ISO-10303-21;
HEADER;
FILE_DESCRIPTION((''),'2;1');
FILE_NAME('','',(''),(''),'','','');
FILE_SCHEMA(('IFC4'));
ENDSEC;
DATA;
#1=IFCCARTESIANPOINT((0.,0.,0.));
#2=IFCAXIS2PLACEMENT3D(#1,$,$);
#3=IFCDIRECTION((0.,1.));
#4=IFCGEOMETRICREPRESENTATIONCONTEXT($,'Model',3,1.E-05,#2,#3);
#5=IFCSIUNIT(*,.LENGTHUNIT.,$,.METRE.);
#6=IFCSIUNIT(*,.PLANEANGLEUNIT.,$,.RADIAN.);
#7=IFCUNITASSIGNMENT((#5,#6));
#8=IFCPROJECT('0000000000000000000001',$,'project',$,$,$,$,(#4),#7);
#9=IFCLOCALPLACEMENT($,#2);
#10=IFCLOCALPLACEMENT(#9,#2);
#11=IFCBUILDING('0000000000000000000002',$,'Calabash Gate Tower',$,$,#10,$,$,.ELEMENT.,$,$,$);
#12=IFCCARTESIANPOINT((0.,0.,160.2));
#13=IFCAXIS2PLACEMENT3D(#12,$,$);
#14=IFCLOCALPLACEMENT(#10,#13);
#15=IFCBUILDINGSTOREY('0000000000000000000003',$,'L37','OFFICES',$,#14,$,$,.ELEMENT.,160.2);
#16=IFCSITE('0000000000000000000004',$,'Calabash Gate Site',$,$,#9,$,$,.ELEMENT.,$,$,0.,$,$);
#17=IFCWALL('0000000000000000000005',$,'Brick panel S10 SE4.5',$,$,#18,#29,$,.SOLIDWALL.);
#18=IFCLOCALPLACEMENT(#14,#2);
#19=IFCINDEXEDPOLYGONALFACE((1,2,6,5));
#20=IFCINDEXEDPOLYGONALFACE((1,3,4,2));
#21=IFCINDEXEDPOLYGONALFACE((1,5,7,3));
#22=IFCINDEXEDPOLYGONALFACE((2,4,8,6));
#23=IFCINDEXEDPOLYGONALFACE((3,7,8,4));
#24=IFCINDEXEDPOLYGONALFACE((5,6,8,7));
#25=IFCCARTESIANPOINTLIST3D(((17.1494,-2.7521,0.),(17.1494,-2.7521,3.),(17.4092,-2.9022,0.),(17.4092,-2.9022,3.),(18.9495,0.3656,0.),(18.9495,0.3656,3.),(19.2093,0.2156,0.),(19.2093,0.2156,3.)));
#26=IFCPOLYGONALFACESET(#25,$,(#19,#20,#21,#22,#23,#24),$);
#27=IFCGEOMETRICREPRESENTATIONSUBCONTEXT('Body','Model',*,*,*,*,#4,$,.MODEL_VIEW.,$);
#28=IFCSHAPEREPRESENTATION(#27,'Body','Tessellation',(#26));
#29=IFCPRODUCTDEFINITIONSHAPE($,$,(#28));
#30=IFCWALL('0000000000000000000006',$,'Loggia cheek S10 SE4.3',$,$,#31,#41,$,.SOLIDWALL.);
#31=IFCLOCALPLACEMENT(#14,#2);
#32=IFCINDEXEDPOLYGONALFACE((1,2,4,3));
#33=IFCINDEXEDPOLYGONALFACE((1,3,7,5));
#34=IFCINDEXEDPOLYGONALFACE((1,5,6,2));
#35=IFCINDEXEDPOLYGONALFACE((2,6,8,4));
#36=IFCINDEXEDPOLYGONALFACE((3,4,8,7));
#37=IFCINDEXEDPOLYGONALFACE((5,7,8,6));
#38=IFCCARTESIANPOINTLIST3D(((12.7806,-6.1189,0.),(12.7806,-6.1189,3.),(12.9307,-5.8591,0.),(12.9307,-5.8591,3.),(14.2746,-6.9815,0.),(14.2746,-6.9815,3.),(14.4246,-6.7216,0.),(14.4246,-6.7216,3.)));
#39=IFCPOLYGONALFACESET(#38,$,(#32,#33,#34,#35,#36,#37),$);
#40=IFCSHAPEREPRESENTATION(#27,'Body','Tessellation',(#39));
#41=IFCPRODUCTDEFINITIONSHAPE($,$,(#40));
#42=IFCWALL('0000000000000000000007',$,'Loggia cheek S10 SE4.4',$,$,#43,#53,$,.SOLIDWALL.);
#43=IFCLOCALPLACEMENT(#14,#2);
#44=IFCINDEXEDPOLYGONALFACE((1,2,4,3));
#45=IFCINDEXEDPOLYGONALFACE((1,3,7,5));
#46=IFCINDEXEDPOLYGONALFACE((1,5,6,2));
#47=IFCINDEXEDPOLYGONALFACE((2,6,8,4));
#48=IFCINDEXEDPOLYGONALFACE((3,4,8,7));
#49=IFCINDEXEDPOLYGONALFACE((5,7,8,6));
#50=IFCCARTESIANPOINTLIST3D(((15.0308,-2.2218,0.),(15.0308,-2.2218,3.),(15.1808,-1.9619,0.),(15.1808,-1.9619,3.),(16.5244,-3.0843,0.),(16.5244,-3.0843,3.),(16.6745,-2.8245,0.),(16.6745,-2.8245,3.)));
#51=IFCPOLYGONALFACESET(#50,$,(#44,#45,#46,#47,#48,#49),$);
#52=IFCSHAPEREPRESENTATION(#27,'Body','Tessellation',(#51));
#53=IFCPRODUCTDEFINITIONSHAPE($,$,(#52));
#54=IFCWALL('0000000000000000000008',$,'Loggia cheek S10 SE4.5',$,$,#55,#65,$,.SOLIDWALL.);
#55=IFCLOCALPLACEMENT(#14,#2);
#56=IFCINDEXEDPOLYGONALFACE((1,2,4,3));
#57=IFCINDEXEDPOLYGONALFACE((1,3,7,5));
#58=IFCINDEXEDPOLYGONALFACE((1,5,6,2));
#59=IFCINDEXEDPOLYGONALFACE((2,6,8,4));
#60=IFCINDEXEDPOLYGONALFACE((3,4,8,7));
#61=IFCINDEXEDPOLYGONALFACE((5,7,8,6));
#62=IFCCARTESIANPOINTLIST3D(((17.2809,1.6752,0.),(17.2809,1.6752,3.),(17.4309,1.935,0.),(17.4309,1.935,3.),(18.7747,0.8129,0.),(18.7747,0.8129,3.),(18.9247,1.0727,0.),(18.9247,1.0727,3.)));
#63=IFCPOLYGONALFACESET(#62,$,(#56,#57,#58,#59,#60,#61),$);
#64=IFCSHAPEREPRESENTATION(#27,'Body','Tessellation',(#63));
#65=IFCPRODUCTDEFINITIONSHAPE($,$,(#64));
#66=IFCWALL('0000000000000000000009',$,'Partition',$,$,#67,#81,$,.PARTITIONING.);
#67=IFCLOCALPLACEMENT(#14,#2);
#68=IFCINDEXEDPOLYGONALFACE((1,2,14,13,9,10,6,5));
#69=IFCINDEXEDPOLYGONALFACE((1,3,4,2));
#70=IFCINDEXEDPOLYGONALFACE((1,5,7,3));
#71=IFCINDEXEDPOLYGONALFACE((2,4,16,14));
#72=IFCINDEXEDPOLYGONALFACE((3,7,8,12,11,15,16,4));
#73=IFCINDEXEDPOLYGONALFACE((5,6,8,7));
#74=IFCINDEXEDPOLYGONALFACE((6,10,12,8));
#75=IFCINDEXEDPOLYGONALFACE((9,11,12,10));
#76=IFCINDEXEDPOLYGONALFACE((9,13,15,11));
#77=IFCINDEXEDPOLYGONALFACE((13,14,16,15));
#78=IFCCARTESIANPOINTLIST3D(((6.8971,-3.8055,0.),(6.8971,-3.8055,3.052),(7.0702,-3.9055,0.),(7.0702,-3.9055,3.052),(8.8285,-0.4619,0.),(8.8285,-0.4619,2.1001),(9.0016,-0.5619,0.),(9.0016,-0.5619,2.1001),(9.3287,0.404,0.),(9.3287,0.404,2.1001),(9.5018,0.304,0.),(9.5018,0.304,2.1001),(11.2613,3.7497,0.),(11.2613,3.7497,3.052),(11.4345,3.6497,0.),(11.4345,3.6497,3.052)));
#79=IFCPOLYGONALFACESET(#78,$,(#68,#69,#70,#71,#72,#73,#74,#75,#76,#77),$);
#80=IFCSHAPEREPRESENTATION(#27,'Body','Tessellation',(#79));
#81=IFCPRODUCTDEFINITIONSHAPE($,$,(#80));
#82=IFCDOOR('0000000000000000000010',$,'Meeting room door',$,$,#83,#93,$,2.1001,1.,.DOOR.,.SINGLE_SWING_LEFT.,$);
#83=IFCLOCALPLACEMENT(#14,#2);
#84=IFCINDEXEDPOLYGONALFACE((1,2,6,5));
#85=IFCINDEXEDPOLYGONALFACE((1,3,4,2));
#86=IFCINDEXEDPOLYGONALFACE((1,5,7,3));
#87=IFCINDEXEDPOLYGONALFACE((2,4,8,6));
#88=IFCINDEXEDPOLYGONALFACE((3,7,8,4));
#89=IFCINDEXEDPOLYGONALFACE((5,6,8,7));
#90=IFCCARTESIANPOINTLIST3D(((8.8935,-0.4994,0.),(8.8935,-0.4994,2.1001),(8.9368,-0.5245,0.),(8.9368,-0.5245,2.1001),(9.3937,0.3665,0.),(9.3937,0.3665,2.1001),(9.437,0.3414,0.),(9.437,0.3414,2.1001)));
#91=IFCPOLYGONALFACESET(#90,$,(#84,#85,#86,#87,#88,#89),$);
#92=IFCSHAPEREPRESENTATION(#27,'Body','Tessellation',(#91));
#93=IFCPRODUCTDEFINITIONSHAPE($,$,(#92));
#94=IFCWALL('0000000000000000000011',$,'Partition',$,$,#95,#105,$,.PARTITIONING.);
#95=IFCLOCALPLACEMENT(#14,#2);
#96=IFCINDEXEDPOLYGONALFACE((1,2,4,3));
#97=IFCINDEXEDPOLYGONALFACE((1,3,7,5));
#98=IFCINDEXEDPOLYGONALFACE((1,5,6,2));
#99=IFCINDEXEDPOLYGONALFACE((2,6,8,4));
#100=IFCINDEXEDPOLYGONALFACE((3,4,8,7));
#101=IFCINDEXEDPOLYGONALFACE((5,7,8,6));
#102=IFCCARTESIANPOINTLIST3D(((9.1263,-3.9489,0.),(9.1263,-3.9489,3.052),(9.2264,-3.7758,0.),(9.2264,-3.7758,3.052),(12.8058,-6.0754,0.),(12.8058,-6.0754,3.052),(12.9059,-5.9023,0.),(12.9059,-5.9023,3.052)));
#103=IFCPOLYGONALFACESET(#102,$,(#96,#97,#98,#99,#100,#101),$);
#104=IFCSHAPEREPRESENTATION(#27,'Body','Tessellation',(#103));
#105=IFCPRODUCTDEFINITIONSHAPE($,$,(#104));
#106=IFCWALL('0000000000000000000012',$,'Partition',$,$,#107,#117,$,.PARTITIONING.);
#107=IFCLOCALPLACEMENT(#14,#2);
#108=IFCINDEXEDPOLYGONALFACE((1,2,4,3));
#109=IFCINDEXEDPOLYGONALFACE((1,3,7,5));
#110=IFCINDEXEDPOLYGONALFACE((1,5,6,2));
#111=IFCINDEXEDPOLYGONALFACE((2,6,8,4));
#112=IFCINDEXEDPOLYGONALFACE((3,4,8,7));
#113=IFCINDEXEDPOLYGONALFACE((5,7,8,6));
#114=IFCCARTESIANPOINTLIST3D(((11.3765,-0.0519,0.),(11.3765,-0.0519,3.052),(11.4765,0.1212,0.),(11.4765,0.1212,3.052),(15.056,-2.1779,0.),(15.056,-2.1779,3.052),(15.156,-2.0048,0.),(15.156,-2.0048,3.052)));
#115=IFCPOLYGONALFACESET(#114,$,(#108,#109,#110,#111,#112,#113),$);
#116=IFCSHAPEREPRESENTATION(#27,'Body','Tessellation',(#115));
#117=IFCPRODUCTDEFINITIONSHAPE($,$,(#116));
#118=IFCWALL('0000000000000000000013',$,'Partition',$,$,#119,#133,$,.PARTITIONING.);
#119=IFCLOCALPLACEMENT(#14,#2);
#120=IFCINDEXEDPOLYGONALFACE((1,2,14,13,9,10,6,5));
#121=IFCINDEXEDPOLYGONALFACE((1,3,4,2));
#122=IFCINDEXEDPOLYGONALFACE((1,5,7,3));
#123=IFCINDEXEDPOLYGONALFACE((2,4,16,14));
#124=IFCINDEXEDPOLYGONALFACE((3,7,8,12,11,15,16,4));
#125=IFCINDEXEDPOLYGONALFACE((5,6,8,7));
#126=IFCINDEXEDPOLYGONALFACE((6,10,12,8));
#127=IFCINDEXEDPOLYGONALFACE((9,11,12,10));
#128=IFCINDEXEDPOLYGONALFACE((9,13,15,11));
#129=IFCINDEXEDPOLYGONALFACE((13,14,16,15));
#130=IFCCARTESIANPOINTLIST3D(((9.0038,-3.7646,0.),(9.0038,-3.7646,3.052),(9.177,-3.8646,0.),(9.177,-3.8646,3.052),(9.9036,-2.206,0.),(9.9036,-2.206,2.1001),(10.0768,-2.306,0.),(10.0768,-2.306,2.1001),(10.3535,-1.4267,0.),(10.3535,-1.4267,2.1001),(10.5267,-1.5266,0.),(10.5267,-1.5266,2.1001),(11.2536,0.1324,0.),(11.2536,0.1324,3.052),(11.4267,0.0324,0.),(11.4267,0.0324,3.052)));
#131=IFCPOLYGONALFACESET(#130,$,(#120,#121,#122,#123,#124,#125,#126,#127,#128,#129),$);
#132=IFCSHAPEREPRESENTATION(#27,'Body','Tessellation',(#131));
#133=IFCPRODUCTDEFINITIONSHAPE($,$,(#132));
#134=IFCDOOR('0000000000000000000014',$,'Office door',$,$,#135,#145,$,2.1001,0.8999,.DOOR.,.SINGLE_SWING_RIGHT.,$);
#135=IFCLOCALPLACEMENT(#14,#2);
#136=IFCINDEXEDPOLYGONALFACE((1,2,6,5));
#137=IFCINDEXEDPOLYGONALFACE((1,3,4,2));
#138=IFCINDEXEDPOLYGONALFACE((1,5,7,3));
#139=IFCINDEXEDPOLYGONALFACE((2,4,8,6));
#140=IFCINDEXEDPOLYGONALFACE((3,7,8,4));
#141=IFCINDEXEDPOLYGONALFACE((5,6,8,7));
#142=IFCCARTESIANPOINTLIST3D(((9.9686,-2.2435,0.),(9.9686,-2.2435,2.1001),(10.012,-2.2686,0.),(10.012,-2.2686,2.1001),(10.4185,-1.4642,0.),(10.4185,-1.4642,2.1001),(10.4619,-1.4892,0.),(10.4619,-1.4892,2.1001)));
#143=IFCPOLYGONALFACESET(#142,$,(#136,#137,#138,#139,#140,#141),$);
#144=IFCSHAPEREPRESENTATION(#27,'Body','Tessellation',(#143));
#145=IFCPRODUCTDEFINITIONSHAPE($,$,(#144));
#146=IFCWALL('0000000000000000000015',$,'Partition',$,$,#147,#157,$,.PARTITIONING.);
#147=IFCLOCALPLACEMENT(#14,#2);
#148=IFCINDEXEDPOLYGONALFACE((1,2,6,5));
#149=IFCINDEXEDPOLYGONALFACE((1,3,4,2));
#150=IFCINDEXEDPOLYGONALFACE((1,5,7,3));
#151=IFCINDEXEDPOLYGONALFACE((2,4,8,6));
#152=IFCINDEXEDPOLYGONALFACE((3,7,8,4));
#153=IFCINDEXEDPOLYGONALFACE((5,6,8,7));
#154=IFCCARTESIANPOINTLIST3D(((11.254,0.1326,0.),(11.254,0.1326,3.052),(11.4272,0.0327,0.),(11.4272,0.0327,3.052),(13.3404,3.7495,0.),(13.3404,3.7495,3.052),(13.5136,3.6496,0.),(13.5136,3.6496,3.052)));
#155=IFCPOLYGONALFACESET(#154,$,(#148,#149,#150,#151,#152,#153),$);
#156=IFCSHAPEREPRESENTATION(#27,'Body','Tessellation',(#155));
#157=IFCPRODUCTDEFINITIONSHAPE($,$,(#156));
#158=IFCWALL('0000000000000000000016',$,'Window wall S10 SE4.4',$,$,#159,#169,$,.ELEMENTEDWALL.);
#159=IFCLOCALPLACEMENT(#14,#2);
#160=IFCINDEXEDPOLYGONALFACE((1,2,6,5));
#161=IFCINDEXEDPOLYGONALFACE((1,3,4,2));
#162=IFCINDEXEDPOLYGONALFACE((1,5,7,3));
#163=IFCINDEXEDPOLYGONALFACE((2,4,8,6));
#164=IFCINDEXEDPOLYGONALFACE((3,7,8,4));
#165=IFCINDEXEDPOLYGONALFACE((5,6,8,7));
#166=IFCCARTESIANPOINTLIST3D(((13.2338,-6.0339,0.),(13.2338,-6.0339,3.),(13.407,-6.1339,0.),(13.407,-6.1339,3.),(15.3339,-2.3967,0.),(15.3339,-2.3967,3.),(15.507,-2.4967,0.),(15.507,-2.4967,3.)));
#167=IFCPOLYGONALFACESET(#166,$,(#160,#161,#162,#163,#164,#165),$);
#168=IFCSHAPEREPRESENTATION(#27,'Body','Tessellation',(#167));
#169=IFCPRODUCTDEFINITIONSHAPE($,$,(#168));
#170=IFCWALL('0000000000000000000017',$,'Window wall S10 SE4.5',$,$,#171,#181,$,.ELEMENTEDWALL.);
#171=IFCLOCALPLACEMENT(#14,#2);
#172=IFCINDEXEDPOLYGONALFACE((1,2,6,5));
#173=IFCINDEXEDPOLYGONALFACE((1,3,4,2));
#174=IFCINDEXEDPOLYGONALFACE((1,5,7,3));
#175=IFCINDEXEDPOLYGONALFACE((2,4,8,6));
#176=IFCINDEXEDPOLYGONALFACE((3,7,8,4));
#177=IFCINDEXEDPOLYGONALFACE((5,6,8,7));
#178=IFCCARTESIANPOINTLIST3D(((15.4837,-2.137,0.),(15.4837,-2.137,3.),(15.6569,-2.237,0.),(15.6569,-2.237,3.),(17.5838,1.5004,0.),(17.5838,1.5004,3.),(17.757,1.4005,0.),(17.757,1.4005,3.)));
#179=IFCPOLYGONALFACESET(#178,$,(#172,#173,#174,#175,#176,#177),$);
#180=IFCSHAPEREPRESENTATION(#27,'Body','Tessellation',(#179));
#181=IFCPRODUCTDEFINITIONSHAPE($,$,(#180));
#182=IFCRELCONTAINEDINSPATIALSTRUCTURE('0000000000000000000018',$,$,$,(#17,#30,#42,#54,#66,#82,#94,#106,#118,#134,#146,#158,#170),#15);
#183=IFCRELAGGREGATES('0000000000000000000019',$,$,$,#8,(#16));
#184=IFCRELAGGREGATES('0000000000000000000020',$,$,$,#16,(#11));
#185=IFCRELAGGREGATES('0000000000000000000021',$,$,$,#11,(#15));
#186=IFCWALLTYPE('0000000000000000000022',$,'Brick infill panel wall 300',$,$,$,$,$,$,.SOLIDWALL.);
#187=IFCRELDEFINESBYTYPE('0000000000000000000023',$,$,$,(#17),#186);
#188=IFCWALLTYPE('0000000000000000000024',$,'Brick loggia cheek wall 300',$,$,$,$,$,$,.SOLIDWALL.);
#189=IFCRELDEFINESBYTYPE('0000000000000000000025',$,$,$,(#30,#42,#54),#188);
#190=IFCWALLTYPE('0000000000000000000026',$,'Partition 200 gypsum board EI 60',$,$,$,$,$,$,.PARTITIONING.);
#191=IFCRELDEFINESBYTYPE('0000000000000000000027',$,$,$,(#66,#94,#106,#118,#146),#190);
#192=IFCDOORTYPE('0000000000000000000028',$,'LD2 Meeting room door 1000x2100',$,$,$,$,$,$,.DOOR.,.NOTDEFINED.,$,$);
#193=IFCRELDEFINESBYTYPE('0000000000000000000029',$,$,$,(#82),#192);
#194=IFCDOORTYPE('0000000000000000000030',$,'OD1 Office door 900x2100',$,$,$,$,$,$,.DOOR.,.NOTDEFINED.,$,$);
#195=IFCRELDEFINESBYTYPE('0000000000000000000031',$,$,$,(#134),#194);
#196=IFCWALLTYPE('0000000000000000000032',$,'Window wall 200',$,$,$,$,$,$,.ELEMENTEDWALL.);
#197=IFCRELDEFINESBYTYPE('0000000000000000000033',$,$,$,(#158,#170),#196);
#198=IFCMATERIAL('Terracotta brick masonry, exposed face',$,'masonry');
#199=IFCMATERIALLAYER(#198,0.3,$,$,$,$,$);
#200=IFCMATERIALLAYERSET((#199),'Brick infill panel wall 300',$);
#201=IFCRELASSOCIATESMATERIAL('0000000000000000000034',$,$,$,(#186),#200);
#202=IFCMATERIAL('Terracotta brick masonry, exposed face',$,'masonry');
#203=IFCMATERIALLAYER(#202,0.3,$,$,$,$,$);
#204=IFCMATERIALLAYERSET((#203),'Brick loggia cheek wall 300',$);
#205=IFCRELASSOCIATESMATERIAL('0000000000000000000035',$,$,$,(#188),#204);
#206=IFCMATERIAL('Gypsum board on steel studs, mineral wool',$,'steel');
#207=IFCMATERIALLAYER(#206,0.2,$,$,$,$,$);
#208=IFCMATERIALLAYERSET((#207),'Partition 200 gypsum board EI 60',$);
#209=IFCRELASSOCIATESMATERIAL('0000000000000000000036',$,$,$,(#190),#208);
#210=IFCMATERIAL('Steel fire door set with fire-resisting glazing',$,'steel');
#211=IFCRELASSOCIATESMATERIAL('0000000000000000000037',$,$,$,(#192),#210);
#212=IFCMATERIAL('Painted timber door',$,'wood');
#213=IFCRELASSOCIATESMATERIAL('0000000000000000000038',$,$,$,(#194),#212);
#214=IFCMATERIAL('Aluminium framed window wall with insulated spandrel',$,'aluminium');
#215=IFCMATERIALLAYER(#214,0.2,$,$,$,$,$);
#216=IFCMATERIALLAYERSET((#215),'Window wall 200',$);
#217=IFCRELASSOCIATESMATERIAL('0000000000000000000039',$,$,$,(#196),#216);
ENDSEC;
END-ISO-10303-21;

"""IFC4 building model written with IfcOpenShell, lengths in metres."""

from ifc_helpers import new_model, si_unit, direction, frame, frame_2d, origin, place, context, subcontext, project, spatial, rectangle, extrude, material, layer, layer_set, type_object, element, fill, save


model = new_model("IFC4")

# Units and contexts
model_context = context("Model", 3, precision=1e-05, world=origin(), true_north=direction((0.0, 1.0)))
body_context = subcontext(model_context, "Body", "Model", "MODEL_VIEW")
ifc_project = project(units=[si_unit("LENGTHUNIT", "METRE"), si_unit("PLANEANGLEUNIT", "RADIAN")], contexts=[model_context])

# Site, building, storey
site_placement = place(None, origin())
site = spatial("IfcSite", under=ifc_project, at=site_placement, Name="Calabash Gate Site", CompositionType="ELEMENT", RefElevation=0.0)
building_placement = place(site_placement, origin())
building = spatial("IfcBuilding", under=site, at=building_placement, Name="Calabash Gate Tower", CompositionType="ELEMENT")
storey_placement = place(building_placement, frame((0.0, 0.0, 160.2)))
storey = spatial("IfcBuildingStorey", under=building, at=storey_placement, Name="L37", Description="OFFICES", CompositionType="ELEMENT", Elevation=160.2)

# Walls
ifc_material_1 = material(Name="Terracotta brick masonry, exposed face", Category="masonry")
ifc_layer_1 = layer(ifc_material_1, 0.3)
ifc_layer_set_1 = layer_set([ifc_layer_1], Name="Brick infill panel wall 300")
wall_type_1 = type_object("IfcWallType", Name="Brick infill panel wall 300", PredefinedType="SOLIDWALL", material=ifc_layer_set_1)
wall_1_placement = place(storey_placement, frame((17.2793, -2.8271, 0.0), z_axis=(0.0, 0.0, 1.0), x_axis=(0.500012, 0.866018, 0.0)))
element("IfcWall", 1, at=wall_1_placement, inside=storey, type_object=wall_type_1, Name="Brick panel S10 SE4.5", PredefinedType="SOLIDWALL", context=body_context, shape_type="SweptSolid", body=[
    extrude(rectangle(XDim=3.6001, YDim=0.3, at=frame_2d((1.8, 0.0))), origin(), (0.0, 0.0, 1.0), 3.0),
])
ifc_material_2 = material(Name="Terracotta brick masonry, exposed face", Category="masonry")
ifc_layer_2 = layer(ifc_material_2, 0.3)
ifc_layer_set_2 = layer_set([ifc_layer_2], Name="Brick loggia cheek wall 300")
wall_type_2 = type_object("IfcWallType", Name="Brick loggia cheek wall 300", PredefinedType="SOLIDWALL", material=ifc_layer_set_2)
wall_2_placement = place(storey_placement, frame((14.3496, -6.8516, 0.0), z_axis=(0.0, 0.0, 1.0), x_axis=(-0.866014, 0.500021, 0.0)))
element("IfcWall", 2, at=wall_2_placement, inside=storey, type_object=wall_type_2, Name="Loggia cheek S10 SE4.3", PredefinedType="SOLIDWALL", context=body_context, shape_type="SweptSolid", body=[
    extrude(rectangle(XDim=1.7251, YDim=0.3, at=frame_2d((0.8625, 0.0))), origin(), (0.0, 0.0, 1.0), 3.0),
])
for number, where, z_axis, x_axis, name in (
    (3, (16.5994, -2.9543, 0.0), (0.0, 0.0, 1.0), (-0.865978, 0.500082, 0.0), "Loggia cheek S10 SE4.4"),
    (4, (18.8496, 0.9429, 0.0), (0.0, 0.0, 1.0), (-0.866075, 0.499914, 0.0), "Loggia cheek S10 SE4.5"),
):
    element("IfcWall", number, at=place(storey_placement, frame(where, z_axis=z_axis, x_axis=x_axis)), inside=storey, type_object=wall_type_2, Name=name, PredefinedType="SOLIDWALL", context=body_context, shape_type="SweptSolid", body=[
        extrude(rectangle(XDim=1.7249, YDim=0.3, at=frame_2d((0.8623, 0.0))), origin(), (0.0, 0.0, 1.0), 3.0),
    ])

# Wall, opening, door
ifc_material_3 = material(Name="Gypsum board on steel studs, mineral wool", Category="steel")
ifc_layer_3 = layer(ifc_material_3, 0.2)
ifc_layer_set_3 = layer_set([ifc_layer_3], Name="Partition 200 gypsum board EI 60")
wall_type_3 = type_object("IfcWallType", Name="Partition 200 gypsum board EI 60", PredefinedType="PARTITIONING", material=ifc_layer_set_3)
wall_3_placement = place(storey_placement, frame((6.9836, -3.8555, 0.0), z_axis=(0.0, 0.0, 1.0), x_axis=(0.500196, 0.865912, 0.0)))
wall_3 = element("IfcWall", 5, at=wall_3_placement, inside=storey, type_object=wall_type_3, Name="Partition", PredefinedType="PARTITIONING", context=body_context, shape_type="SweptSolid", body=[
    extrude(rectangle(XDim=8.7251, YDim=0.2, at=frame_2d((4.3625, 0.0))), origin(), (0.0, 0.0, 1.0), 3.052),
])
opening_1_placement = place(wall_3_placement, frame((3.8613, 0.0, 0.0)))
opening_1 = element("IfcOpeningElement", 6, at=opening_1_placement, cuts=wall_3, PredefinedType="OPENING", context=body_context, shape_type="SweptSolid", body=[
    extrude(rectangle(XDim=1.0, YDim=2.1001, at=frame_2d((0.5, 1.05))), frame((0.0, 0.1099, 0.0), z_axis=(0.0, -1.0, 0.0), x_axis=(1.0, 0.0, 0.0)), (0.0, 0.0, 1.0), 0.22),
])
ifc_material_4 = material(Name="Steel fire door set with fire-resisting glazing", Category="steel")
door_type_1 = type_object("IfcDoorType", Name="LD2 Meeting room door 1000x2100", OperationType="NOTDEFINED", PredefinedType="DOOR", material=ifc_material_4)
door_1_placement = place(opening_1_placement, origin())
door_1 = element("IfcDoor", 7, at=door_1_placement, inside=storey, type_object=door_type_1, Name="Meeting room door", OperationType="SINGLE_SWING_LEFT", OverallHeight=2.1001, OverallWidth=1.0, PredefinedType="DOOR", context=body_context, shape_type="SweptSolid", body=[
    extrude(rectangle(XDim=1.0, YDim=2.1001, at=frame_2d((0.5, 1.05))), frame((0.0, 0.0249, 0.0), z_axis=(0.0, -1.0, 0.0), x_axis=(1.0, 0.0, 0.0)), (0.0, 0.0, 1.0), 0.05),
])
fill(opening_1, door_1)

# Walls
wall_4_placement = place(storey_placement, frame((9.1763, -3.8623, 0.0), z_axis=(0.0, 0.0, 1.0), x_axis=(0.865808, -0.500377, 0.0)))
element("IfcWall", 8, at=wall_4_placement, inside=storey, type_object=wall_type_3, Name="Partition", PredefinedType="PARTITIONING", context=body_context, shape_type="SweptSolid", body=[
    extrude(rectangle(XDim=4.2498, YDim=0.2, at=frame_2d((2.125, 0.0))), origin(), (0.0, 0.0, 1.0), 3.052),
])
wall_5_placement = place(storey_placement, frame((11.4265, 0.0347, 0.0), z_axis=(0.0, 0.0, 1.0), x_axis=(0.865857, -0.500291, 0.0)))
element("IfcWall", 9, at=wall_5_placement, inside=storey, type_object=wall_type_3, Name="Partition", PredefinedType="PARTITIONING", context=body_context, shape_type="SweptSolid", body=[
    extrude(rectangle(XDim=4.2495, YDim=0.2, at=frame_2d((2.1248, 0.0))), origin(), (0.0, 0.0, 1.0), 3.052),
])

# Wall, opening, door
wall_6_placement = place(storey_placement, frame((9.0903, -3.8147, 0.0), z_axis=(0.0, 0.0, 1.0), x_axis=(0.499973, 0.866041, 0.0)))
wall_6 = element("IfcWall", 10, at=wall_6_placement, inside=storey, type_object=wall_type_3, Name="Partition", PredefinedType="PARTITIONING", context=body_context, shape_type="SweptSolid", body=[
    extrude(rectangle(XDim=4.4998, YDim=0.2, at=frame_2d((2.25, 0.0))), origin(), (0.0, 0.0, 1.0), 3.052),
])
opening_2_placement = place(wall_6_placement, frame((1.7998, 0.0, 0.0)))
opening_2 = element("IfcOpeningElement", 11, at=opening_2_placement, cuts=wall_6, PredefinedType="OPENING", context=body_context, shape_type="SweptSolid", body=[
    extrude(rectangle(XDim=0.8999, YDim=2.1001, at=frame_2d((0.45, 1.05))), frame((0.0, 0.1099, 0.0), z_axis=(0.0, -1.0, 0.0), x_axis=(1.0, 0.0, 0.0)), (0.0, 0.0, 1.0), 0.22),
])
ifc_material_5 = material(Name="Painted timber door", Category="wood")
door_type_2 = type_object("IfcDoorType", Name="OD1 Office door 900x2100", OperationType="NOTDEFINED", PredefinedType="DOOR", material=ifc_material_5)
door_2_placement = place(opening_2_placement, origin())
door_2 = element("IfcDoor", 12, at=door_2_placement, inside=storey, type_object=door_type_2, Name="Office door", OperationType="SINGLE_SWING_RIGHT", OverallHeight=2.1001, OverallWidth=0.8999, PredefinedType="DOOR", context=body_context, shape_type="SweptSolid", body=[
    extrude(rectangle(XDim=0.8999, YDim=2.1001, at=frame_2d((0.45, 1.05))), frame((0.0, 0.0249, 0.0), z_axis=(0.0, -1.0, 0.0), x_axis=(1.0, 0.0, 0.0)), (0.0, 0.0, 1.0), 0.05),
])
fill(opening_2, door_2)

# Walls
wall_7_placement = place(storey_placement, frame((11.3406, 0.0825, 0.0), z_axis=(0.0, 0.0, 1.0), x_axis=(0.499674, 0.866214, 0.0)))
element("IfcWall", 13, at=wall_7_placement, inside=storey, type_object=wall_type_3, Name="Partition", PredefinedType="PARTITIONING", context=body_context, shape_type="SweptSolid", body=[
    extrude(rectangle(XDim=4.1755, YDim=0.2, at=frame_2d((2.0879, 0.0))), origin(), (0.0, 0.0, 1.0), 3.052),
])
ifc_material_6 = material(Name="Aluminium framed window wall with insulated spandrel", Category="aluminium")
ifc_layer_4 = layer(ifc_material_6, 0.2)
ifc_layer_set_4 = layer_set([ifc_layer_4], Name="Window wall 200")
wall_type_4 = type_object("IfcWallType", Name="Window wall 200", PredefinedType="ELEMENTEDWALL", material=ifc_layer_set_4)
wall_8_placement = place(storey_placement, frame((13.3203, -6.084, 0.0), z_axis=(0.0, 0.0, 1.0), x_axis=(0.500028, 0.866009, 0.0)))
element("IfcWall", 14, at=wall_8_placement, inside=storey, type_object=wall_type_4, Name="Window wall S10 SE4.4", PredefinedType="ELEMENTEDWALL", context=body_context, shape_type="SweptSolid", body=[
    extrude(rectangle(XDim=4.2, YDim=0.2, at=frame_2d((2.1001, 0.0))), origin(), (0.0, 0.0, 1.0), 3.0),
])
wall_9_placement = place(storey_placement, frame((15.5703, -2.187, 0.0), z_axis=(0.0, 0.0, 1.0), x_axis=(0.500003, 0.866024, 0.0)))
element("IfcWall", 15, at=wall_9_placement, inside=storey, type_object=wall_type_4, Name="Window wall S10 SE4.5", PredefinedType="ELEMENTEDWALL", context=body_context, shape_type="SweptSolid", body=[
    extrude(rectangle(XDim=4.2002, YDim=0.2, at=frame_2d((2.1001, 0.0))), origin(), (0.0, 0.0, 1.0), 3.0),
])

save(model, "model.ifc")
